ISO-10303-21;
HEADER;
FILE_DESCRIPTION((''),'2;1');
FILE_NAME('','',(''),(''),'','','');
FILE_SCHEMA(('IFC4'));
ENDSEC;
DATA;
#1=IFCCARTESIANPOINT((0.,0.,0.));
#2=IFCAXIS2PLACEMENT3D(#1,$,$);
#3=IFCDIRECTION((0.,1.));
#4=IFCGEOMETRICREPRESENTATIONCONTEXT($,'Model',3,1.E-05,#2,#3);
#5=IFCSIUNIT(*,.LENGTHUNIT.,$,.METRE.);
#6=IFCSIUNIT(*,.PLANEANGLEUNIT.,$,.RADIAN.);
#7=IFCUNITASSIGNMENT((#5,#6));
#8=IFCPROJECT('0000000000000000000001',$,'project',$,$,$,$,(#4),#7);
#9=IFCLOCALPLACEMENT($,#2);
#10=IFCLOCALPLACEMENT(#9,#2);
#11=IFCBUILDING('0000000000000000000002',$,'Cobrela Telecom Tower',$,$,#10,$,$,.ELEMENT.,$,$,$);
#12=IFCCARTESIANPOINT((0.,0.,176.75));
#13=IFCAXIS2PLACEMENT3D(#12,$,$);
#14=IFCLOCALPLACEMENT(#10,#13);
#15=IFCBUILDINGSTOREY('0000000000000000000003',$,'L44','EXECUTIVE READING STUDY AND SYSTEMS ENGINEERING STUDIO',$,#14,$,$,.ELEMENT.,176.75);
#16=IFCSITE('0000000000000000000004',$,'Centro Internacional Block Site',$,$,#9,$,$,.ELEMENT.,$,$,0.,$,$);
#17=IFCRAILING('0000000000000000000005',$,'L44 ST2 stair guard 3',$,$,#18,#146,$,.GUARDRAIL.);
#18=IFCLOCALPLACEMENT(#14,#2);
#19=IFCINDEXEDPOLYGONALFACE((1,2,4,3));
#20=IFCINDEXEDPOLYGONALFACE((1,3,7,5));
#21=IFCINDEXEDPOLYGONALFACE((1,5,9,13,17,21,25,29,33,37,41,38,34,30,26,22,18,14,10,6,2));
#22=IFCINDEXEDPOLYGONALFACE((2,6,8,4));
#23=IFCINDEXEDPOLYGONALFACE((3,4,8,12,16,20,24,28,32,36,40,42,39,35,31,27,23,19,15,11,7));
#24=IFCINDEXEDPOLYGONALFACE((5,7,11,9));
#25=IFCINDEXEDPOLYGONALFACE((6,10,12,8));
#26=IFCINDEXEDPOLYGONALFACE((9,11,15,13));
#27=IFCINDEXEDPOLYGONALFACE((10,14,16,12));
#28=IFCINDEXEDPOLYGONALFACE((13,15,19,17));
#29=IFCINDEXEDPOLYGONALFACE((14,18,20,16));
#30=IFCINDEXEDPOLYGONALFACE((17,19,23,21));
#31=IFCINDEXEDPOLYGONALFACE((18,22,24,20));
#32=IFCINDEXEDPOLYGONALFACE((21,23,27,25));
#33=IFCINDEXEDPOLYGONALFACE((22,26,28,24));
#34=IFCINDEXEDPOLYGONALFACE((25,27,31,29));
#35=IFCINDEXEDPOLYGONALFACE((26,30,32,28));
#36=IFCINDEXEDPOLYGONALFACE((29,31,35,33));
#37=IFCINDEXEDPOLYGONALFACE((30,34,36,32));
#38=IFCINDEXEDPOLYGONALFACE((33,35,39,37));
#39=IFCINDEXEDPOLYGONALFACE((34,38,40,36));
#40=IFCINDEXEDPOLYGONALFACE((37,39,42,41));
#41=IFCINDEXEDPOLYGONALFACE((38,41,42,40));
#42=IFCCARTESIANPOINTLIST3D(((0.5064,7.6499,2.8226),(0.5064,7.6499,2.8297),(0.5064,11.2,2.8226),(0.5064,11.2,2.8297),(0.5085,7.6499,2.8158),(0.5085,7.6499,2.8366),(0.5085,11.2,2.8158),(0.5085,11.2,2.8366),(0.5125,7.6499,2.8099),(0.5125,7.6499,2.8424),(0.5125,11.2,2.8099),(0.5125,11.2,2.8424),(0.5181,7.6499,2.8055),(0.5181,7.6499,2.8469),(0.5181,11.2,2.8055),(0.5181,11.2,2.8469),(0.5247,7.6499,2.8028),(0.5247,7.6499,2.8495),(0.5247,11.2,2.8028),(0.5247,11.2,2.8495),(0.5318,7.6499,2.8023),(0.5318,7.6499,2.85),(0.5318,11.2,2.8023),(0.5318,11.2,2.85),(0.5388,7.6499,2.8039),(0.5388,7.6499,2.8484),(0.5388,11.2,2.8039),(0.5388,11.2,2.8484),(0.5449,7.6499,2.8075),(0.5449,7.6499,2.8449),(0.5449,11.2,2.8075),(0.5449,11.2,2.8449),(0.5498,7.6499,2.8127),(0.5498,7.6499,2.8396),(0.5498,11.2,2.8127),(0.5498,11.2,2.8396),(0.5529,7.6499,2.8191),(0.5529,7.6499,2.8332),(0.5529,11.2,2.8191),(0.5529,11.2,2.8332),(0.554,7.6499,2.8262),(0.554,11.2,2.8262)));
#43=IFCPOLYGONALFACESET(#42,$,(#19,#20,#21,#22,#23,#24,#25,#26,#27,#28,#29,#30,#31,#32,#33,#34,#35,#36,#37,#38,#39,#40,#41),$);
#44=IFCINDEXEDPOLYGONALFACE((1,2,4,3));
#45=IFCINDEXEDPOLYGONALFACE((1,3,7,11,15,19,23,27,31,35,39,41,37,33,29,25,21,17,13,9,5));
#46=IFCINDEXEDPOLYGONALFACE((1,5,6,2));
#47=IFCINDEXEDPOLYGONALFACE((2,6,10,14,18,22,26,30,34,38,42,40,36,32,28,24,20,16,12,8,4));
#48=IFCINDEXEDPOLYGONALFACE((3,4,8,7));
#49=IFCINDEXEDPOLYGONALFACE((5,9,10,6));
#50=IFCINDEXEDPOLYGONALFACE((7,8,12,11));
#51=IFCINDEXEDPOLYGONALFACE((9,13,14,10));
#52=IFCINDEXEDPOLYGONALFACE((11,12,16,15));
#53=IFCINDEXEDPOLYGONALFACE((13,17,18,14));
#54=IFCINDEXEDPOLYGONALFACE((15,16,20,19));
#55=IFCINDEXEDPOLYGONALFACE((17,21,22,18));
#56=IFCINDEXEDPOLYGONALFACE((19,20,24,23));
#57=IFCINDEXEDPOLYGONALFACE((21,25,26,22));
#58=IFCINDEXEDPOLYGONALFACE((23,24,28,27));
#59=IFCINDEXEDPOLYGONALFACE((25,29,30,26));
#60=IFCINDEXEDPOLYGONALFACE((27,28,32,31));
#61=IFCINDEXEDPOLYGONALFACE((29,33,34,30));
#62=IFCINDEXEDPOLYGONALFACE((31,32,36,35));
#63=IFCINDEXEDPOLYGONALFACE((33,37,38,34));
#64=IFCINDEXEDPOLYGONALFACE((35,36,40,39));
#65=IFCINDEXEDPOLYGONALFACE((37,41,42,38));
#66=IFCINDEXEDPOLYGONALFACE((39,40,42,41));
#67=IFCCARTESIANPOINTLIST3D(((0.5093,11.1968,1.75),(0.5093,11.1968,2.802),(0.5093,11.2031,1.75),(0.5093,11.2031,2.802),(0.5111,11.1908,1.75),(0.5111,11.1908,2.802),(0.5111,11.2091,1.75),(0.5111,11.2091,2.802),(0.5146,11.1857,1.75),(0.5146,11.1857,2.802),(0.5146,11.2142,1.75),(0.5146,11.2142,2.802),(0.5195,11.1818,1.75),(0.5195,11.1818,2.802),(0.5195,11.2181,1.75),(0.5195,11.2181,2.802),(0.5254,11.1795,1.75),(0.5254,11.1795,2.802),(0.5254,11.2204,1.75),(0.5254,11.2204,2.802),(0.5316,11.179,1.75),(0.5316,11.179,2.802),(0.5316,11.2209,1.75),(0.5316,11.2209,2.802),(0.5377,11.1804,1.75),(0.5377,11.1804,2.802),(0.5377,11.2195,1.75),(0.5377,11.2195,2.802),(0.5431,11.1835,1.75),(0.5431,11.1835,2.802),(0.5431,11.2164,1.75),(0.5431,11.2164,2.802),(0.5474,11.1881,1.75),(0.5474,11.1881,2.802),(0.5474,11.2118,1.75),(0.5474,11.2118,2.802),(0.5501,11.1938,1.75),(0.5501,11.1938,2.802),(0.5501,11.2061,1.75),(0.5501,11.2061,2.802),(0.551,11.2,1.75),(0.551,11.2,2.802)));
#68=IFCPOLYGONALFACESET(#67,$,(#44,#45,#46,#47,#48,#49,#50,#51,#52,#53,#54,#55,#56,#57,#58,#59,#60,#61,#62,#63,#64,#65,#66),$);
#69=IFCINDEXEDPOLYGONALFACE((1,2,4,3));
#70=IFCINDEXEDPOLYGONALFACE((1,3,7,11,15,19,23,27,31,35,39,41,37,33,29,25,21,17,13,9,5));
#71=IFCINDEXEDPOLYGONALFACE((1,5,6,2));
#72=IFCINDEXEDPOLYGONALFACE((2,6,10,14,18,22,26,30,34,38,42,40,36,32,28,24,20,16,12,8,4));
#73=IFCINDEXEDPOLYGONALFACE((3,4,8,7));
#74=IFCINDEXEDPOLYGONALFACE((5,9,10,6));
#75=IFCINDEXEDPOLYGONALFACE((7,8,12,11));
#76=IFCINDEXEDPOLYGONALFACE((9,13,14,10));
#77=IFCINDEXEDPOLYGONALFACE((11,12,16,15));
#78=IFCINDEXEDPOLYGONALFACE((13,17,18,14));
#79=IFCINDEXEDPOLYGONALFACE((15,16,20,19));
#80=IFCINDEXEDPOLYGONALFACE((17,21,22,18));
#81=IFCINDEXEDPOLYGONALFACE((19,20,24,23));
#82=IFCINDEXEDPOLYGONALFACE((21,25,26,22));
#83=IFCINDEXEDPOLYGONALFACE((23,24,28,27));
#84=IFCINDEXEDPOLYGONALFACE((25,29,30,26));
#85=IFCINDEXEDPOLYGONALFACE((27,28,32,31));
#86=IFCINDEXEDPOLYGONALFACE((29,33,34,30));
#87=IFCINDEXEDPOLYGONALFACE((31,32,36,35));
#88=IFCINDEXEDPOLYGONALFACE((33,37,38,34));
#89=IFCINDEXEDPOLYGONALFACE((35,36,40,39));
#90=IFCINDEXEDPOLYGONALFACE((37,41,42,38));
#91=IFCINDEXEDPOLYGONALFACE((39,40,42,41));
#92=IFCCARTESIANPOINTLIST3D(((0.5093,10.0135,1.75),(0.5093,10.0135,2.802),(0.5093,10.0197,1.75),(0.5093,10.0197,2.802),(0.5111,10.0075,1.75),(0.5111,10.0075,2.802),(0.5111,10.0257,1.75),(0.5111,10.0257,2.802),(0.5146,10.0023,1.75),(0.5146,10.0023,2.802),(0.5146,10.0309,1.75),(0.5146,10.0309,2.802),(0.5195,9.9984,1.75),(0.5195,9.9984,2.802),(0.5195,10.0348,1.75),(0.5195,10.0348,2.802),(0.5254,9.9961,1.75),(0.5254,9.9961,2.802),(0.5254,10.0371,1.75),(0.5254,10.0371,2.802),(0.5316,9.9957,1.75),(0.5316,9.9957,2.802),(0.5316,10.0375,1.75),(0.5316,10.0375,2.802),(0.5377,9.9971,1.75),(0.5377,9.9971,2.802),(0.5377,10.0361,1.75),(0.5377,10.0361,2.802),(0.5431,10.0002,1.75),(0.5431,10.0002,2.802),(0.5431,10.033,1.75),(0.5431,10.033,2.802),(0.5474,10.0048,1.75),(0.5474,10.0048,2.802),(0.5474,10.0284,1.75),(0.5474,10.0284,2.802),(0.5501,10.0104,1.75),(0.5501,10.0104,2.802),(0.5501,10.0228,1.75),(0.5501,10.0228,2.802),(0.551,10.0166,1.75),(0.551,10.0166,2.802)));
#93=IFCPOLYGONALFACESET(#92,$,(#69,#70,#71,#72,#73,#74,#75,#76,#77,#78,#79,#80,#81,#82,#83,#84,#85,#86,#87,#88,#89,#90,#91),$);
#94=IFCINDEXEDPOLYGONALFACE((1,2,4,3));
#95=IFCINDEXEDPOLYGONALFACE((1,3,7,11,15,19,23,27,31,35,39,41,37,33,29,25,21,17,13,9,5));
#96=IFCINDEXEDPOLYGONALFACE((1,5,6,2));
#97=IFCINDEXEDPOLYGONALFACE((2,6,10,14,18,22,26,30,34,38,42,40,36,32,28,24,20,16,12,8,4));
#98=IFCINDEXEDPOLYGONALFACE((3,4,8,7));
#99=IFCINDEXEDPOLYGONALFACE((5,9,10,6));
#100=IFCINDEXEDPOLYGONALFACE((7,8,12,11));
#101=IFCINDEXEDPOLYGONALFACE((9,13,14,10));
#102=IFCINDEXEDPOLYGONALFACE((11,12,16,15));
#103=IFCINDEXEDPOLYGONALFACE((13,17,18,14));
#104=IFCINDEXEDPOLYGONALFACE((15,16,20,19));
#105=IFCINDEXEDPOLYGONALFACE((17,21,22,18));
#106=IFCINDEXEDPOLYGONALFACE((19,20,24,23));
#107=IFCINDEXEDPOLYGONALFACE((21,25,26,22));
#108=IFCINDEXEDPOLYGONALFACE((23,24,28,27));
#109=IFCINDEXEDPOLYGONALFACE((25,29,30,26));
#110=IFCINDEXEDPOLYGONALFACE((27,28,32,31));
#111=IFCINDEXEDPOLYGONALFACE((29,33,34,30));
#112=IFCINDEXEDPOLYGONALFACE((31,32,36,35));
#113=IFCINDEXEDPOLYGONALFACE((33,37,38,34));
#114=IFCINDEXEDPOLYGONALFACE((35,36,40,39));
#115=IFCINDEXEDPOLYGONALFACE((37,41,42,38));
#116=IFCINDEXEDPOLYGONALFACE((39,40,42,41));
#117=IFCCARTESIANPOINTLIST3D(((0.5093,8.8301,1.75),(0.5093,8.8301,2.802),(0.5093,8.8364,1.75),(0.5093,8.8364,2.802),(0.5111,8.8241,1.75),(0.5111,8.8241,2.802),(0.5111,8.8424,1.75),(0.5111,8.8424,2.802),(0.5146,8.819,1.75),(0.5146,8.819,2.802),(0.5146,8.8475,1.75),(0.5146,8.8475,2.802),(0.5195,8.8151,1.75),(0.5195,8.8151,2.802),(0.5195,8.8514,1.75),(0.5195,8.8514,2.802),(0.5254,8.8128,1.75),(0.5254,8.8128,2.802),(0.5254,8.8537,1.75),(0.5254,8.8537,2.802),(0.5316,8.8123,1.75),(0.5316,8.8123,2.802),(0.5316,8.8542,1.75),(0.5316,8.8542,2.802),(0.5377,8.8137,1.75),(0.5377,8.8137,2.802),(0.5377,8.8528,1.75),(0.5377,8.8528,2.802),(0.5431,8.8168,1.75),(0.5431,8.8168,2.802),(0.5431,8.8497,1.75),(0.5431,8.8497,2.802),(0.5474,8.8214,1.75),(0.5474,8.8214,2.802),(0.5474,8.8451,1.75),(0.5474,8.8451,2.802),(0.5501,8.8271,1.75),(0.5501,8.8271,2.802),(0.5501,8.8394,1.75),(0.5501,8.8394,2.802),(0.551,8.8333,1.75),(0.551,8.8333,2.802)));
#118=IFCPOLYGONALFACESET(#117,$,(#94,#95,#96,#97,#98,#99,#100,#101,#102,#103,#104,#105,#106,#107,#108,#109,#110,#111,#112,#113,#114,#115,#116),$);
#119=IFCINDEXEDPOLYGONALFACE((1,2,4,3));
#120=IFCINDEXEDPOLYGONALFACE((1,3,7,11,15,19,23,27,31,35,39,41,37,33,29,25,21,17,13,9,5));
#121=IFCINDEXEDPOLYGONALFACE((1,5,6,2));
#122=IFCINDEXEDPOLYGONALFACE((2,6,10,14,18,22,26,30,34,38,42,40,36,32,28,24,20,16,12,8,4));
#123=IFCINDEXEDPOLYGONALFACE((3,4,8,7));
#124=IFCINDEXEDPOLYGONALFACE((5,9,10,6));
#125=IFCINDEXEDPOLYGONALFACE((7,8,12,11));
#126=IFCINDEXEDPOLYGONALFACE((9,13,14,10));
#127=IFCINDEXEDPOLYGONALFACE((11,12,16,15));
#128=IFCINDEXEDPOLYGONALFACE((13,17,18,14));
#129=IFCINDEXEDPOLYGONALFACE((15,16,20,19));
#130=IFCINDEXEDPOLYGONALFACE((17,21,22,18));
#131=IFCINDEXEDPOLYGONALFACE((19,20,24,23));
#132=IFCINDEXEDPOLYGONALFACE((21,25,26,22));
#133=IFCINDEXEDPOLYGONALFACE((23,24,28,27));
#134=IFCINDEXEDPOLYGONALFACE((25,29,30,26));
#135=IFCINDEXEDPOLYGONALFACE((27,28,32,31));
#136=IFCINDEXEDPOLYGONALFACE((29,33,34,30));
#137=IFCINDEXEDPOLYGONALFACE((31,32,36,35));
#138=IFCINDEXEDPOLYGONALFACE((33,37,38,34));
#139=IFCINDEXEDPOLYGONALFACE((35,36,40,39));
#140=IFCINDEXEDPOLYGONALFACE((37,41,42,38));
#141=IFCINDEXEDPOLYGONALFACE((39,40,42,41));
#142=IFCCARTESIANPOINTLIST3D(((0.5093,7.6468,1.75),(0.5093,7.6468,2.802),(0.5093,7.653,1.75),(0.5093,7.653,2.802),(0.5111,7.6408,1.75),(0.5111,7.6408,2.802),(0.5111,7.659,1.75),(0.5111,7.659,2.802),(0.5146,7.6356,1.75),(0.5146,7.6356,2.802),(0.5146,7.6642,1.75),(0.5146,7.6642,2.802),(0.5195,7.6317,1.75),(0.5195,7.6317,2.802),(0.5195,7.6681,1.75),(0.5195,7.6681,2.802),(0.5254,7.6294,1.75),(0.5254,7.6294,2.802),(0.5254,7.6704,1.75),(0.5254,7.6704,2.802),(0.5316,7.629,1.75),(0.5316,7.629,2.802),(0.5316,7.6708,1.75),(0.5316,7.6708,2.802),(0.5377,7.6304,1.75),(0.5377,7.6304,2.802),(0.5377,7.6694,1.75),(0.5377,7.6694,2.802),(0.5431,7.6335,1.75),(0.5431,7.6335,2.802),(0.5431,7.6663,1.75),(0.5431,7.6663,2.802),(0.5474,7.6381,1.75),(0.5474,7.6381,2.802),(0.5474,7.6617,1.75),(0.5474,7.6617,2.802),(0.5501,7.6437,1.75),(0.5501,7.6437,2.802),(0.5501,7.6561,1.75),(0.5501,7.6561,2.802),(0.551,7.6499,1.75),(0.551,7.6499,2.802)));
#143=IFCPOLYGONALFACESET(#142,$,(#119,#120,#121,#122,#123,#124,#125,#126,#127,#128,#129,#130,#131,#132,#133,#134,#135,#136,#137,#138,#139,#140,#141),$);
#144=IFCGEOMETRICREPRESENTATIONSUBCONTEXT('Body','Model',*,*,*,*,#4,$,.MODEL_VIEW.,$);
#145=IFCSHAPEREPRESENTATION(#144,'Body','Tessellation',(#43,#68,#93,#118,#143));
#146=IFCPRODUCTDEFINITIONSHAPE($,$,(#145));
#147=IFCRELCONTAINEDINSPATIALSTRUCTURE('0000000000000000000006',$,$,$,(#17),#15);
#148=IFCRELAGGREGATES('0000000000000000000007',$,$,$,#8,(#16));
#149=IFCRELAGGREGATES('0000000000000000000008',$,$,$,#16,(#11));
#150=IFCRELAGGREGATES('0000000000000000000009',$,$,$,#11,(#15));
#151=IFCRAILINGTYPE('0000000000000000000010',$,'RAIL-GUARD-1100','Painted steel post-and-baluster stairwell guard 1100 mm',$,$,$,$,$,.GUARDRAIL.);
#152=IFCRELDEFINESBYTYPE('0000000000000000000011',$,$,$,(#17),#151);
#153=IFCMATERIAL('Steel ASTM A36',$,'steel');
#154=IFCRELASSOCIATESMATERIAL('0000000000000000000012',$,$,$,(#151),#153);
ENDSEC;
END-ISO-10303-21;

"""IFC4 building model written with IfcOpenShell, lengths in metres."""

from ifc_helpers import new_model, si_unit, direction, frame, origin, origin_2d, place, context, subcontext, project, spatial, circle, extrude, material, type_object, element, save


model = new_model("IFC4")

# Units and contexts
model_context = context("Model", 3, precision=1e-05, world=origin(), true_north=direction((0.0, 1.0)))
body_context = subcontext(model_context, "Body", "Model", "MODEL_VIEW")
ifc_project = project(units=[si_unit("LENGTHUNIT", "METRE"), si_unit("PLANEANGLEUNIT", "RADIAN")], contexts=[model_context])

# Site, building, storey
site_placement = place(None, origin())
site = spatial("IfcSite", under=ifc_project, at=site_placement, Name="Centro Internacional Block Site", CompositionType="ELEMENT", RefElevation=0.0)
building_placement = place(site_placement, origin())
building = spatial("IfcBuilding", under=site, at=building_placement, Name="Cobrela Telecom Tower", CompositionType="ELEMENT")
storey_placement = place(building_placement, frame((0.0, 0.0, 176.75)))
storey = spatial("IfcBuildingStorey", under=building, at=storey_placement, Name="L44", Description="EXECUTIVE READING STUDY AND SYSTEMS ENGINEERING STUDIO", CompositionType="ELEMENT", Elevation=176.75)

# Shared definitions
ifc_material_1 = material(Name="Steel ASTM A36", Category="steel")

# Railing
railing_type = type_object("IfcRailingType", Name="RAIL-GUARD-1100", Description="Painted steel post-and-baluster stairwell guard 1100 mm", PredefinedType="GUARDRAIL", material=ifc_material_1)
railing_1_placement = place(storey_placement, frame((0.53, 11.2, 1.75)))
element("IfcRailing", 1, at=railing_1_placement, inside=storey, type_object=railing_type, Name="L44 ST2 stair guard 3", PredefinedType="GUARDRAIL", context=body_context, shape_type="SweptSolid", body=[
    extrude(circle(Radius=0.0239, at=origin_2d()), frame((0.0, 0.0, 1.0762), z_axis=(0.0, -1.0, 0.0), x_axis=(1.0, 0.0, 0.0)), (0.0, 0.0, 1.0), 3.55),
    extrude(circle(Radius=0.021, at=origin_2d()), origin(), (0.0, 0.0, 1.0), 1.052),
    extrude(circle(Radius=0.021, at=origin_2d()), frame((0.0, -1.1833, 0.0)), (0.0, 0.0, 1.0), 1.052),
    extrude(circle(Radius=0.021, at=origin_2d()), frame((0.0, -2.3667, 0.0)), (0.0, 0.0, 1.0), 1.052),
    extrude(circle(Radius=0.021, at=origin_2d()), frame((0.0, -3.55, 0.0)), (0.0, 0.0, 1.0), 1.052),
])

save(model, "model.ifc")
